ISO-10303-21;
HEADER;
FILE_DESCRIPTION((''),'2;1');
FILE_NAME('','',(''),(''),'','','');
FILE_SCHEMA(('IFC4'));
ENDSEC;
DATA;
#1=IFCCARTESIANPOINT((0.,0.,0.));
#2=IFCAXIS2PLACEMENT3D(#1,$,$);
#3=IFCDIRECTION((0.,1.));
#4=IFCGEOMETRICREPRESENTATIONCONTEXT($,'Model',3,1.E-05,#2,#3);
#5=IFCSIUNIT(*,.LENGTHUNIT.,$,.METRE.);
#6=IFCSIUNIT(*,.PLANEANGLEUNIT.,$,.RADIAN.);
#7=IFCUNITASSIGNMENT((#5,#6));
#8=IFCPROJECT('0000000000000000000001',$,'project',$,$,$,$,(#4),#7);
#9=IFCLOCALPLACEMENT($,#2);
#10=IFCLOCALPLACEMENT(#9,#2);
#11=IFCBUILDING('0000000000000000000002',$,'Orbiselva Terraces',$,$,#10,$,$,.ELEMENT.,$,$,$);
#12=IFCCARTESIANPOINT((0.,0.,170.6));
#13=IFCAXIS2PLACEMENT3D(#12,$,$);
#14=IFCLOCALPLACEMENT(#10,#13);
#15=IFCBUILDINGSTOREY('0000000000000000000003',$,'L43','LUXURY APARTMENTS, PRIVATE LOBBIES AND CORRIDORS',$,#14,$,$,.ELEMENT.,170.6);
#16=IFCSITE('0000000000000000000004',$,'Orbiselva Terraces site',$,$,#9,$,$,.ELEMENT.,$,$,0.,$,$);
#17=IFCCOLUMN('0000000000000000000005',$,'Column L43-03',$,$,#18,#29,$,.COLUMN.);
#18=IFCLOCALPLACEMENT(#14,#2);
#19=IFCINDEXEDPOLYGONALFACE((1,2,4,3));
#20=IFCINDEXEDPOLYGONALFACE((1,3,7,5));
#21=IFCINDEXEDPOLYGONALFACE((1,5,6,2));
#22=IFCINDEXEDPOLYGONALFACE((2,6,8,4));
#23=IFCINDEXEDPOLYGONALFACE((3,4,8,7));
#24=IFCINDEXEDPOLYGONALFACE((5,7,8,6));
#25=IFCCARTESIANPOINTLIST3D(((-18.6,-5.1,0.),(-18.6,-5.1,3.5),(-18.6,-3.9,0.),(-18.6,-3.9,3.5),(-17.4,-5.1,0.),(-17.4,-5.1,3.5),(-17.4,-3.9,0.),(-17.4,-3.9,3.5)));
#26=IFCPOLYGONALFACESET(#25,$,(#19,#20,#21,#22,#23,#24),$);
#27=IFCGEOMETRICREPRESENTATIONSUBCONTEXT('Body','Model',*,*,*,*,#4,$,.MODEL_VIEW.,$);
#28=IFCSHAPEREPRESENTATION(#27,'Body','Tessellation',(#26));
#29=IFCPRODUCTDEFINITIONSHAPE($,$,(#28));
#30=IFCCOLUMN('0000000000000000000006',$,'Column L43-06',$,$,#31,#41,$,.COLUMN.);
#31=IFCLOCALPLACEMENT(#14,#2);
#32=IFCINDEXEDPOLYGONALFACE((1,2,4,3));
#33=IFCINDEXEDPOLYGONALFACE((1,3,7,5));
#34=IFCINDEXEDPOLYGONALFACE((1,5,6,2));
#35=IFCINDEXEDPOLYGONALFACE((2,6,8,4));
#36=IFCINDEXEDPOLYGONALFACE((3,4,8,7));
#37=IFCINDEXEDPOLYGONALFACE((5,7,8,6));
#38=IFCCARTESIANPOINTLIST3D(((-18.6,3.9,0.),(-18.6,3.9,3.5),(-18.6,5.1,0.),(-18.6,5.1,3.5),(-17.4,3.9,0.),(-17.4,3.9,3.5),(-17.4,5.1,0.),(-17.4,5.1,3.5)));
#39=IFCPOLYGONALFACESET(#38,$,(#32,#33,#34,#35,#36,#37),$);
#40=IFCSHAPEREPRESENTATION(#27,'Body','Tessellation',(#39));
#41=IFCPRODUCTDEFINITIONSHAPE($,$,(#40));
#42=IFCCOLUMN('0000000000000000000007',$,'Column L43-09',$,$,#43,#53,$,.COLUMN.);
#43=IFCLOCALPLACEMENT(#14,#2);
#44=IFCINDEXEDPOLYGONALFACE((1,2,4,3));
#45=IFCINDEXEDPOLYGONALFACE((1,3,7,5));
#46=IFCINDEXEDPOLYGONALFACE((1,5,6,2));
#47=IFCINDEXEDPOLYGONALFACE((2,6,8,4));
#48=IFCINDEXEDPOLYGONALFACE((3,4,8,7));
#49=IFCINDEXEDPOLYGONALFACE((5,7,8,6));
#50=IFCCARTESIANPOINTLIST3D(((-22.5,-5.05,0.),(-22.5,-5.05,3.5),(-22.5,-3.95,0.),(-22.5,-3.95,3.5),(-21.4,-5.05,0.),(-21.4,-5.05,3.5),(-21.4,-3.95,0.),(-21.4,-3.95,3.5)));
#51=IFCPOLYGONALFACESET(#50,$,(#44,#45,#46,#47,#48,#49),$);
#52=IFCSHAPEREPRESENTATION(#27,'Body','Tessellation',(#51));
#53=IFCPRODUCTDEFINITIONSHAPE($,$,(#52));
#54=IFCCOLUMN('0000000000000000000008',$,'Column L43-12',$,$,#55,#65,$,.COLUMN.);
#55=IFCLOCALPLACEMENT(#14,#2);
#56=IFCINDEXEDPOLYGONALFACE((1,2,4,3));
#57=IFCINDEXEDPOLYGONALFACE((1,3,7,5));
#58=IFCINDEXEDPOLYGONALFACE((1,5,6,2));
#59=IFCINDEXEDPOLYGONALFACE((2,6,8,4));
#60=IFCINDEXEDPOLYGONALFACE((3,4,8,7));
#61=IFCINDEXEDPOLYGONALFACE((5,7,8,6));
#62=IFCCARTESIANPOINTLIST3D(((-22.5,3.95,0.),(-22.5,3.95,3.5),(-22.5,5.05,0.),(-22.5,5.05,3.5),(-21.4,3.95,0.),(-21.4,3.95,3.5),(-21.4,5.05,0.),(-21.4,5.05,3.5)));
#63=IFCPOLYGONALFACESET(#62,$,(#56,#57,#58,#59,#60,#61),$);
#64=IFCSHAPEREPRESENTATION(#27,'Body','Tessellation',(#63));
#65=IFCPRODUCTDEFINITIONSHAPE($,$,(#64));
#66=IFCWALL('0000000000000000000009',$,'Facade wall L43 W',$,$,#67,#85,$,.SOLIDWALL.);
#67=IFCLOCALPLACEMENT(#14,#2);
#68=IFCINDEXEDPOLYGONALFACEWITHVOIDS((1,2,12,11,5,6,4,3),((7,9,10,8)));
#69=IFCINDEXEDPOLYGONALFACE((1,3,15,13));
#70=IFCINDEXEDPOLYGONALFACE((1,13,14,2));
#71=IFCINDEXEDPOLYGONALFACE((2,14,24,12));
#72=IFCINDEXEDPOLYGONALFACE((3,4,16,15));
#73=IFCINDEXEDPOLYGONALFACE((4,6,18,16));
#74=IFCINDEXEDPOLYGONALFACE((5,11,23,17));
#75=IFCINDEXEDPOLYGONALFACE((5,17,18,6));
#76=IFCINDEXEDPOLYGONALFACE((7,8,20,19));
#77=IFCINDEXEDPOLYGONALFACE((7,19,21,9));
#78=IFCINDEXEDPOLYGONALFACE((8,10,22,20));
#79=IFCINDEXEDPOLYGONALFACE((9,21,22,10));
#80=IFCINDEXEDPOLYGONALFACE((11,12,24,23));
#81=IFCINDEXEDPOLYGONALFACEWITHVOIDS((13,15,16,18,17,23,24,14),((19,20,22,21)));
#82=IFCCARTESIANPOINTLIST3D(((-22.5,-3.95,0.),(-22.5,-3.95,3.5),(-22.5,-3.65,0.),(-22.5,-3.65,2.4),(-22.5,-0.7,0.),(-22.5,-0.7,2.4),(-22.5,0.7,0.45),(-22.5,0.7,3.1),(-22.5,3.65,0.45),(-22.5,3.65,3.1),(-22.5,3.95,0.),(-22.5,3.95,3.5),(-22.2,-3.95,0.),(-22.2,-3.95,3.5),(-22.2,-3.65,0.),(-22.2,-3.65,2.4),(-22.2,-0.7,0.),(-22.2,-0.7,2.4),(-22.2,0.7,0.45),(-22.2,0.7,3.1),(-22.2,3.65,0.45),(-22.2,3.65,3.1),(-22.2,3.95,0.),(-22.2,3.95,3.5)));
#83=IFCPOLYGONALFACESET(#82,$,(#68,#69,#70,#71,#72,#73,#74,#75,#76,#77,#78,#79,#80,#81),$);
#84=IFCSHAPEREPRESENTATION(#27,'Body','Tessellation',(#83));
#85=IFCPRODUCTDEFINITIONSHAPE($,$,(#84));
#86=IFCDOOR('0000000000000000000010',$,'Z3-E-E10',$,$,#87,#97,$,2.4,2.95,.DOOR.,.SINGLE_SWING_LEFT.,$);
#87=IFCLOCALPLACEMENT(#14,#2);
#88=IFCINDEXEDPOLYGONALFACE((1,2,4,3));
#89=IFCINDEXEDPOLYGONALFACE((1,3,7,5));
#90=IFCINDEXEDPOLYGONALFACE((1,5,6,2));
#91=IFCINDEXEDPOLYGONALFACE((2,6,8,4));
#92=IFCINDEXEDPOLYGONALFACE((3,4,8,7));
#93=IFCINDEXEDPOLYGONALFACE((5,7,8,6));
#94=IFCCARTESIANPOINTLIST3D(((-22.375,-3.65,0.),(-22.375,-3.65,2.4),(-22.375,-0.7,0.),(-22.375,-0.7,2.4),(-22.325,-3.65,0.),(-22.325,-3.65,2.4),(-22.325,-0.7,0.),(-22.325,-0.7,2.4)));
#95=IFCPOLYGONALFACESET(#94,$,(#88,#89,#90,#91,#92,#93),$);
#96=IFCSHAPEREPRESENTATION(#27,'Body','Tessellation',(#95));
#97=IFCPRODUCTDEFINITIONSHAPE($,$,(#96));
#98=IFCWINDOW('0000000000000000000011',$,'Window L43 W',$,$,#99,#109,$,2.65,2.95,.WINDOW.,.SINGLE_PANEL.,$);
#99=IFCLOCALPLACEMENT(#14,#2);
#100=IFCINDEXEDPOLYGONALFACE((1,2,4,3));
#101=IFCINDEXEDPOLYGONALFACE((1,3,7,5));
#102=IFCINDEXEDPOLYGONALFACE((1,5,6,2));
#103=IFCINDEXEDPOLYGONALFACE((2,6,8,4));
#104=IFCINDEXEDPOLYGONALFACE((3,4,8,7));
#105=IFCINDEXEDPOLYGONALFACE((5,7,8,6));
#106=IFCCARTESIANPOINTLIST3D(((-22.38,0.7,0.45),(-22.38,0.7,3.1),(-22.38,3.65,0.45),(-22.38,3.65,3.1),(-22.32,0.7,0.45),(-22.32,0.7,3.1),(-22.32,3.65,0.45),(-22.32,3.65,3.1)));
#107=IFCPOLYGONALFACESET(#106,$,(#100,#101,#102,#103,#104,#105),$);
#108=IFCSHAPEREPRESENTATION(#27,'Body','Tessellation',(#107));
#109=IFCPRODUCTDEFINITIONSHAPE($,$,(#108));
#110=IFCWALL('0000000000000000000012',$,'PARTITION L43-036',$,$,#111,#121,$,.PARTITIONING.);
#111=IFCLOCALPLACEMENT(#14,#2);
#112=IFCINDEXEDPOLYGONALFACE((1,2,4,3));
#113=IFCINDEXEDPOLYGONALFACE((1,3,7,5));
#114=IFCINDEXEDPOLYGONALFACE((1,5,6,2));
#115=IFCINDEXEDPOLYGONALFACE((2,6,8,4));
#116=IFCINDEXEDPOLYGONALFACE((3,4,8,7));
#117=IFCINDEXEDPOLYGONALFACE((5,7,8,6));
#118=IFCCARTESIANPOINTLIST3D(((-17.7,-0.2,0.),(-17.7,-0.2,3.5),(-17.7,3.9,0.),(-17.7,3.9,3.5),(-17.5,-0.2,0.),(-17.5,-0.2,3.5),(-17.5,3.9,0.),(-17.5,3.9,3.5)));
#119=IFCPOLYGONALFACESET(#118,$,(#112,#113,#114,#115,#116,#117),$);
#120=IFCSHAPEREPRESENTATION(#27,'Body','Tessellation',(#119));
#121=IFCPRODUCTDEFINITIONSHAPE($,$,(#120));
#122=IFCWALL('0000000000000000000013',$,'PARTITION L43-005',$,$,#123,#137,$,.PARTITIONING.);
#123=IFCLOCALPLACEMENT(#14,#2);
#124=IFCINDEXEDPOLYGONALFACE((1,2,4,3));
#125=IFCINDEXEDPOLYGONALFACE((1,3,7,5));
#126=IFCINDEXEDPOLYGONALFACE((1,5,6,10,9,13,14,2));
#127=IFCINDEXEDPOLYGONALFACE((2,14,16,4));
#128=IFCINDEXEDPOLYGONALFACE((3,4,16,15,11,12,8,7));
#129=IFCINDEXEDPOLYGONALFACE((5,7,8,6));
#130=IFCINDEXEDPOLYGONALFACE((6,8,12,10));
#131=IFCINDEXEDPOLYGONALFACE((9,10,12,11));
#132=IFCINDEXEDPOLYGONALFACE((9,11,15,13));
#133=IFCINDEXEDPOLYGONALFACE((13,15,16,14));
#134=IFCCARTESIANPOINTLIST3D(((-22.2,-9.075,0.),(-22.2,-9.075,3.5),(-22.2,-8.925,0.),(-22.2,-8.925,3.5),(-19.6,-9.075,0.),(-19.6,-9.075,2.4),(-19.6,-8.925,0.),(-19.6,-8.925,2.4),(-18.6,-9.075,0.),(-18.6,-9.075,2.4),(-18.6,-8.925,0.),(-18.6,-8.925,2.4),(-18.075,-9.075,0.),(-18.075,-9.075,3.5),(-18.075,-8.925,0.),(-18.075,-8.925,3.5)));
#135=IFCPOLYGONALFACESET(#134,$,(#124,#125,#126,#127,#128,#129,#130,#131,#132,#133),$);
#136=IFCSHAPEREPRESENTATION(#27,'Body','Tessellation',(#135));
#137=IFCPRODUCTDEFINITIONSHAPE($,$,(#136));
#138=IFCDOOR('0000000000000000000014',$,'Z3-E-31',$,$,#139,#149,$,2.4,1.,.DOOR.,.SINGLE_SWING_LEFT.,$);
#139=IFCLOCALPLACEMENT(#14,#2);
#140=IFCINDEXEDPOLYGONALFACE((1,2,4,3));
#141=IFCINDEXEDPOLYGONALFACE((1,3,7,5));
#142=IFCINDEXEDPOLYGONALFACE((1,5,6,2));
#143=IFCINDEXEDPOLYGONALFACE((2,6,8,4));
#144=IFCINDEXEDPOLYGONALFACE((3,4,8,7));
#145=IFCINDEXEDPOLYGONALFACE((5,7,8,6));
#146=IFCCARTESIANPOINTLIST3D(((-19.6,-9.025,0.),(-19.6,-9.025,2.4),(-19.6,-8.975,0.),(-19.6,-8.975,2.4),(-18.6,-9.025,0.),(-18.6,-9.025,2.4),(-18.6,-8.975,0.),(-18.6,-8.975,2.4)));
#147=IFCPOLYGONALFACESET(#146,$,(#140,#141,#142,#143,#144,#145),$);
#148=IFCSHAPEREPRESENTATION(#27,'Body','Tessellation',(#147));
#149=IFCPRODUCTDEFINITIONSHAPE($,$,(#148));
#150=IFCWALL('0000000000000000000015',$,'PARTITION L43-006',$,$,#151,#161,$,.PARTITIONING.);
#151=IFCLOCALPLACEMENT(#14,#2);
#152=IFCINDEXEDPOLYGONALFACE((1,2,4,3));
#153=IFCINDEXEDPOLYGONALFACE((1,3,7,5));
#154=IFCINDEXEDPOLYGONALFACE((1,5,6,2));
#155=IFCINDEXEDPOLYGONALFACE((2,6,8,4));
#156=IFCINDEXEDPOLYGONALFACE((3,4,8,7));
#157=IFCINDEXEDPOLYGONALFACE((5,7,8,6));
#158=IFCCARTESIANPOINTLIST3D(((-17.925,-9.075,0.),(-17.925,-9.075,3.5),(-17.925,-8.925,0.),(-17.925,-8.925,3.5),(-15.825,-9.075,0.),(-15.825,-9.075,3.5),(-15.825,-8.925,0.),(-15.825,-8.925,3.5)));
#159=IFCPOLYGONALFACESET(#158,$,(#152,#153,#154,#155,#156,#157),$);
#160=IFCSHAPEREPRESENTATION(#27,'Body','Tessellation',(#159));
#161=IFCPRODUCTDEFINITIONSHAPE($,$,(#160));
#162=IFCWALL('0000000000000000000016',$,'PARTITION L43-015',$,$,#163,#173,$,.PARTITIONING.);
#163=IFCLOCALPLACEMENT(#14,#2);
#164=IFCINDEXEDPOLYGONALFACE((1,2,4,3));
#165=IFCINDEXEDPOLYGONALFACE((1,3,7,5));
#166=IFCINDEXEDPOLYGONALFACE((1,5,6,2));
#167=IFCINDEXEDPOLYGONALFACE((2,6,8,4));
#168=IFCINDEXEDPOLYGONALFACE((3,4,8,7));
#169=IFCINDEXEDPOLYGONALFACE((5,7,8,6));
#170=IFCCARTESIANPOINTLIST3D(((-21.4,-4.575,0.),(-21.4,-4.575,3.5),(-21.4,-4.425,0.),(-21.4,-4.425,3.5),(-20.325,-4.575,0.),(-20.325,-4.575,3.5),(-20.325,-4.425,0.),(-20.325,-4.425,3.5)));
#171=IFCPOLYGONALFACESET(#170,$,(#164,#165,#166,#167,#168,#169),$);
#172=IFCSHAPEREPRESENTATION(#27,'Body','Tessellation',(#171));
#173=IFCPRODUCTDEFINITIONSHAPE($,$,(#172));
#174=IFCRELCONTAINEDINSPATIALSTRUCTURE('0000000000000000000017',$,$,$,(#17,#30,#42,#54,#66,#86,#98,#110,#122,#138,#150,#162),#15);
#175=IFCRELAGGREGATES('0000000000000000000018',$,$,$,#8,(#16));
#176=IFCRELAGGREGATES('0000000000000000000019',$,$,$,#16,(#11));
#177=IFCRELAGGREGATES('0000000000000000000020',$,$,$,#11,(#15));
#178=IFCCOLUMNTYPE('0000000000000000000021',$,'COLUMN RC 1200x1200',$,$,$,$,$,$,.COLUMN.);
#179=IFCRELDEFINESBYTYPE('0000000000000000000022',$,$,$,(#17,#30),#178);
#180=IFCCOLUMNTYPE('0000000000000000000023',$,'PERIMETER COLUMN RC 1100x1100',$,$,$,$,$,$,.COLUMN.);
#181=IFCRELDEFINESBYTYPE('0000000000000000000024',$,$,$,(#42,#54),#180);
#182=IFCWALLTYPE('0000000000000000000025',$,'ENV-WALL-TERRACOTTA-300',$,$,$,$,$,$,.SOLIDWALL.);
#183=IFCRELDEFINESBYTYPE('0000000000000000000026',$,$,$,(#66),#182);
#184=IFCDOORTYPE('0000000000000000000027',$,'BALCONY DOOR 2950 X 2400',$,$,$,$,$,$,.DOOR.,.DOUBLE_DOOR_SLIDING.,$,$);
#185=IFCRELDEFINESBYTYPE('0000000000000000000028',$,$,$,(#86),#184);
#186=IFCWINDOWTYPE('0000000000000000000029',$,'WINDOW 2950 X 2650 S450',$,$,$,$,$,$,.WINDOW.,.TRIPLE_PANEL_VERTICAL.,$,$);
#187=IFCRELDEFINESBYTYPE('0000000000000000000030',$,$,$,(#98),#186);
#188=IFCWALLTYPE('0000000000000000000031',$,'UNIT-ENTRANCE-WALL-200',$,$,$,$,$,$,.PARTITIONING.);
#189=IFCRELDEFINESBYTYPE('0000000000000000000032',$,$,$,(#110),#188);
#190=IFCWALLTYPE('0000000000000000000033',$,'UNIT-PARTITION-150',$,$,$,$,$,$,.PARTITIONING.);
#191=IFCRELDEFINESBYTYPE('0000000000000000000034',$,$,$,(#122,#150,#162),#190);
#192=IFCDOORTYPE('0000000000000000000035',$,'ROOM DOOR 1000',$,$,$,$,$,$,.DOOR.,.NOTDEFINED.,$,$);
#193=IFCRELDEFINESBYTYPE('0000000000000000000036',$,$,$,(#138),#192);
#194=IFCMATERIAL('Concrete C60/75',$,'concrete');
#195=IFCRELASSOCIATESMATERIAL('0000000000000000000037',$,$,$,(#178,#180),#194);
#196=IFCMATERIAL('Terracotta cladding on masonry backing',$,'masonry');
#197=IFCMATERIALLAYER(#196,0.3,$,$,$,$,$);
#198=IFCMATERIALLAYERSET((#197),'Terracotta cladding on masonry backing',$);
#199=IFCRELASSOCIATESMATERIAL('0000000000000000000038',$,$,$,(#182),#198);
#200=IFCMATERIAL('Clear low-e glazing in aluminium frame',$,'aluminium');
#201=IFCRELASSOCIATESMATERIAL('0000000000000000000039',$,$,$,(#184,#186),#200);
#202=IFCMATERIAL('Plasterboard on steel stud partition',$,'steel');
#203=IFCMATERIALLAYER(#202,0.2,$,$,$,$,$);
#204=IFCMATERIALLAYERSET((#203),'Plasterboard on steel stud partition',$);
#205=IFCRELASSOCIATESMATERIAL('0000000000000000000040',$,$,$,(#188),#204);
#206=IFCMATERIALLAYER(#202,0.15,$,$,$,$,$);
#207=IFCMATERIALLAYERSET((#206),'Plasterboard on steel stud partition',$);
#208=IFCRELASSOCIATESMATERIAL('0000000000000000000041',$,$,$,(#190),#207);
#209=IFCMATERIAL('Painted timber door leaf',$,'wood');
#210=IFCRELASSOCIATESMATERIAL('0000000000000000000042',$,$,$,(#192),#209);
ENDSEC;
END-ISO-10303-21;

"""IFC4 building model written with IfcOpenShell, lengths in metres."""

from ifc_helpers import new_model, si_unit, direction, frame, frame_2d, origin, origin_2d, place, context, subcontext, project, spatial, rectangle, extrude, material, layer, layer_set, material_profile, profile_set, type_object, element, fill, save


model = new_model("IFC4")

# Units and contexts
model_context = context("Model", 3, precision=1e-05, world=origin(), true_north=direction((0.0, 1.0)))
body_context = subcontext(model_context, "Body", "Model", "MODEL_VIEW")
ifc_project = project(units=[si_unit("LENGTHUNIT", "METRE"), si_unit("PLANEANGLEUNIT", "RADIAN")], contexts=[model_context])

# Site, building, storey
site_placement = place(None, origin())
site = spatial("IfcSite", under=ifc_project, at=site_placement, Name="Orbiselva Terraces site", CompositionType="ELEMENT", RefElevation=0.0)
building_placement = place(site_placement, origin())
building = spatial("IfcBuilding", under=site, at=building_placement, Name="Orbiselva Terraces", CompositionType="ELEMENT")
storey_placement = place(building_placement, frame((0.0, 0.0, 170.6)))
storey = spatial("IfcBuildingStorey", under=building, at=storey_placement, Name="L43", Description="LUXURY APARTMENTS, PRIVATE LOBBIES AND CORRIDORS", CompositionType="ELEMENT", Elevation=170.6)

# Columns
ifc_material_1 = material(Name="Concrete C60/75", Category="concrete")
ifc_material_profile_1 = material_profile(ifc_material_1, rectangle(XDim=1.2, YDim=1.2, at=origin_2d()), Name="RC 1200x1200")
ifc_profile_set_1 = profile_set([ifc_material_profile_1], Name="Concrete C60/75")
column_type_1 = type_object("IfcColumnType", Name="COLUMN RC 1200x1200", PredefinedType="COLUMN", material=ifc_profile_set_1)
for number, where, z_axis, x_axis, name in (
    (1, (-18.0, -4.5, 0.0), (0.0, 0.0, 1.0), (1.0, 0.0, 0.0), "Column L43-03"),
    (2, (-18.0, 4.5, 0.0), (0.0, 0.0, 1.0), (1.0, 0.0, 0.0), "Column L43-06"),
):
    element("IfcColumn", number, at=place(storey_placement, frame(where, z_axis=z_axis, x_axis=x_axis)), inside=storey, type_object=column_type_1, Name=name, PredefinedType="COLUMN", context=body_context, shape_type="SweptSolid", body=[
        extrude(rectangle(XDim=1.2, YDim=1.2, at=origin_2d()), origin(), (0.0, 0.0, 1.0), 3.5),
    ])
ifc_material_profile_2 = material_profile(ifc_material_1, rectangle(XDim=1.1, YDim=1.1, at=origin_2d()), Name="RC 1100x1100")
ifc_profile_set_2 = profile_set([ifc_material_profile_2], Name="Concrete C60/75")
column_type_2 = type_object("IfcColumnType", Name="PERIMETER COLUMN RC 1100x1100", PredefinedType="COLUMN", material=ifc_profile_set_2)
for number, where, z_axis, x_axis, name in (
    (3, (-21.95, -4.5, 0.0), (0.0, 0.0, 1.0), (1.0, 0.0, 0.0), "Column L43-09"),
    (4, (-21.95, 4.5, 0.0), (0.0, 0.0, 1.0), (1.0, 0.0, 0.0), "Column L43-12"),
):
    element("IfcColumn", number, at=place(storey_placement, frame(where, z_axis=z_axis, x_axis=x_axis)), inside=storey, type_object=column_type_2, Name=name, PredefinedType="COLUMN", context=body_context, shape_type="SweptSolid", body=[
        extrude(rectangle(XDim=1.1, YDim=1.1, at=origin_2d()), origin(), (0.0, 0.0, 1.0), 3.5),
    ])

# Wall, openings, door, window
ifc_material_2 = material(Name="Terracotta cladding on masonry backing", Category="masonry")
ifc_layer_1 = layer(ifc_material_2, 0.3)
ifc_layer_set_1 = layer_set([ifc_layer_1], Name="Terracotta cladding on masonry backing")
wall_type_1 = type_object("IfcWallType", Name="ENV-WALL-TERRACOTTA-300", PredefinedType="SOLIDWALL", material=ifc_layer_set_1)
wall_1_placement = place(storey_placement, frame((-22.35, -3.95, 0.0), z_axis=(0.0, 0.0, 1.0), x_axis=(0.0, 1.0, 0.0)))
wall_1 = element("IfcWall", 5, at=wall_1_placement, inside=storey, type_object=wall_type_1, Name="Facade wall L43 W", PredefinedType="SOLIDWALL", context=body_context, shape_type="SweptSolid", body=[
    extrude(rectangle(XDim=7.9, YDim=0.3, at=frame_2d((3.95, 0.0))), origin(), (0.0, 0.0, 1.0), 3.5),
])
opening_1_placement = place(wall_1_placement, frame((4.65, 0.0, 0.45)))
opening_1 = element("IfcOpeningElement", 6, at=opening_1_placement, cuts=wall_1, PredefinedType="OPENING", context=body_context, shape_type="SweptSolid", body=[
    extrude(rectangle(XDim=2.95, YDim=2.65, at=frame_2d((1.475, 1.325))), frame((0.0, 0.16, 0.0), z_axis=(0.0, -1.0, 0.0), x_axis=(1.0, 0.0, 0.0)), (0.0, 0.0, 1.0), 0.32),
])
opening_2_placement = place(wall_1_placement, frame((0.3, 0.0, 0.0)))
opening_2 = element("IfcOpeningElement", 7, at=opening_2_placement, cuts=wall_1, PredefinedType="OPENING", context=body_context, shape_type="SweptSolid", body=[
    extrude(rectangle(XDim=2.95, YDim=2.4, at=frame_2d((1.475, 1.2))), frame((0.0, 0.16, 0.0), z_axis=(0.0, -1.0, 0.0), x_axis=(1.0, 0.0, 0.0)), (0.0, 0.0, 1.0), 0.32),
])
ifc_material_3 = material(Name="Clear low-e glazing in aluminium frame", Category="aluminium")
door_type_1 = type_object("IfcDoorType", Name="BALCONY DOOR 2950 X 2400", OperationType="DOUBLE_DOOR_SLIDING", PredefinedType="DOOR", material=ifc_material_3)
door_1_placement = place(opening_2_placement, origin())
door_1 = element("IfcDoor", 8, at=door_1_placement, inside=storey, type_object=door_type_1, Name="Z3-E-E10", OperationType="SINGLE_SWING_LEFT", OverallHeight=2.4, OverallWidth=2.95, PredefinedType="DOOR", context=body_context, shape_type="SweptSolid", body=[
    extrude(rectangle(XDim=2.95, YDim=2.4, at=frame_2d((1.475, 1.2))), frame((0.0, 0.025, 0.0), z_axis=(0.0, -1.0, 0.0), x_axis=(1.0, 0.0, 0.0)), (0.0, 0.0, 1.0), 0.05),
])
fill(opening_2, door_1)
window_type = type_object("IfcWindowType", Name="WINDOW 2950 X 2650 S450", PartitioningType="TRIPLE_PANEL_VERTICAL", PredefinedType="WINDOW", material=ifc_material_3)
window_placement = place(opening_1_placement, origin())
window = element("IfcWindow", 9, at=window_placement, inside=storey, type_object=window_type, Name="Window L43 W", OverallHeight=2.65, OverallWidth=2.95, PartitioningType="SINGLE_PANEL", PredefinedType="WINDOW", context=body_context, shape_type="SweptSolid", body=[
    extrude(rectangle(XDim=2.95, YDim=2.65, at=frame_2d((1.475, 1.325))), frame((0.0, 0.03, 0.0), z_axis=(0.0, -1.0, 0.0), x_axis=(1.0, 0.0, 0.0)), (0.0, 0.0, 1.0), 0.06),
])
fill(opening_1, window)

# Wall
ifc_material_4 = material(Name="Plasterboard on steel stud partition", Category="steel")
ifc_layer_2 = layer(ifc_material_4, 0.2)
ifc_layer_set_2 = layer_set([ifc_layer_2], Name="Plasterboard on steel stud partition")
wall_type_2 = type_object("IfcWallType", Name="UNIT-ENTRANCE-WALL-200", PredefinedType="PARTITIONING", material=ifc_layer_set_2)
wall_2_placement = place(storey_placement, frame((-17.6, -0.2, 0.0), z_axis=(0.0, 0.0, 1.0), x_axis=(0.0, 1.0, 0.0)))
element("IfcWall", 10, at=wall_2_placement, inside=storey, type_object=wall_type_2, Name="PARTITION L43-036", PredefinedType="PARTITIONING", context=body_context, shape_type="SweptSolid", body=[
    extrude(rectangle(XDim=4.1, YDim=0.2, at=frame_2d((2.05, 0.0))), origin(), (0.0, 0.0, 1.0), 3.5),
])

# Wall, opening, door
ifc_layer_3 = layer(ifc_material_4, 0.15)
ifc_layer_set_3 = layer_set([ifc_layer_3], Name="Plasterboard on steel stud partition")
wall_type_3 = type_object("IfcWallType", Name="UNIT-PARTITION-150", PredefinedType="PARTITIONING", material=ifc_layer_set_3)
wall_3_placement = place(storey_placement, frame((-18.075, -9.0, 0.0), z_axis=(0.0, 0.0, 1.0), x_axis=(-1.0, 0.0, 0.0)))
wall_3 = element("IfcWall", 11, at=wall_3_placement, inside=storey, type_object=wall_type_3, Name="PARTITION L43-005", PredefinedType="PARTITIONING", context=body_context, shape_type="SweptSolid", body=[
    extrude(rectangle(XDim=4.125, YDim=0.15, at=frame_2d((2.0625, 0.0))), origin(), (0.0, 0.0, 1.0), 3.5),
])
opening_3_placement = place(wall_3_placement, frame((0.525, 0.0, 0.0)))
opening_3 = element("IfcOpeningElement", 12, at=opening_3_placement, cuts=wall_3, PredefinedType="OPENING", context=body_context, shape_type="SweptSolid", body=[
    extrude(rectangle(XDim=1.0, YDim=2.4, at=frame_2d((0.5, 1.2))), frame((0.0, 0.085, 0.0), z_axis=(0.0, -1.0, 0.0), x_axis=(1.0, 0.0, 0.0)), (0.0, 0.0, 1.0), 0.17),
])
ifc_material_5 = material(Name="Painted timber door leaf", Category="wood")
door_type_2 = type_object("IfcDoorType", Name="ROOM DOOR 1000", OperationType="NOTDEFINED", PredefinedType="DOOR", material=ifc_material_5)
door_2_placement = place(opening_3_placement, origin())
door_2 = element("IfcDoor", 13, at=door_2_placement, inside=storey, type_object=door_type_2, Name="Z3-E-31", OperationType="SINGLE_SWING_LEFT", OverallHeight=2.4, OverallWidth=1.0, PredefinedType="DOOR", context=body_context, shape_type="SweptSolid", body=[
    extrude(rectangle(XDim=1.0, YDim=2.4, at=frame_2d((0.5, 1.2))), frame((0.0, 0.025, 0.0), z_axis=(0.0, -1.0, 0.0), x_axis=(1.0, 0.0, 0.0)), (0.0, 0.0, 1.0), 0.05),
])
fill(opening_3, door_2)

# Walls
wall_4_placement = place(storey_placement, frame((-17.925, -9.0, 0.0), z_axis=(0.0, 0.0, 1.0), x_axis=(1.0, 0.0, 0.0)))
element("IfcWall", 14, at=wall_4_placement, inside=storey, type_object=wall_type_3, Name="PARTITION L43-006", PredefinedType="PARTITIONING", context=body_context, shape_type="SweptSolid", body=[
    extrude(rectangle(XDim=2.1, YDim=0.15, at=frame_2d((1.05, 0.0))), origin(), (0.0, 0.0, 1.0), 3.5),
])
wall_5_placement = place(storey_placement, frame((-21.4, -4.5, 0.0), z_axis=(0.0, 0.0, 1.0), x_axis=(1.0, 0.0, 0.0)))
element("IfcWall", 15, at=wall_5_placement, inside=storey, type_object=wall_type_3, Name="PARTITION L43-015", PredefinedType="PARTITIONING", context=body_context, shape_type="SweptSolid", body=[
    extrude(rectangle(XDim=1.075, YDim=0.15, at=frame_2d((0.5375, 0.0))), origin(), (0.0, 0.0, 1.0), 3.5),
])

save(model, "model.ifc")
